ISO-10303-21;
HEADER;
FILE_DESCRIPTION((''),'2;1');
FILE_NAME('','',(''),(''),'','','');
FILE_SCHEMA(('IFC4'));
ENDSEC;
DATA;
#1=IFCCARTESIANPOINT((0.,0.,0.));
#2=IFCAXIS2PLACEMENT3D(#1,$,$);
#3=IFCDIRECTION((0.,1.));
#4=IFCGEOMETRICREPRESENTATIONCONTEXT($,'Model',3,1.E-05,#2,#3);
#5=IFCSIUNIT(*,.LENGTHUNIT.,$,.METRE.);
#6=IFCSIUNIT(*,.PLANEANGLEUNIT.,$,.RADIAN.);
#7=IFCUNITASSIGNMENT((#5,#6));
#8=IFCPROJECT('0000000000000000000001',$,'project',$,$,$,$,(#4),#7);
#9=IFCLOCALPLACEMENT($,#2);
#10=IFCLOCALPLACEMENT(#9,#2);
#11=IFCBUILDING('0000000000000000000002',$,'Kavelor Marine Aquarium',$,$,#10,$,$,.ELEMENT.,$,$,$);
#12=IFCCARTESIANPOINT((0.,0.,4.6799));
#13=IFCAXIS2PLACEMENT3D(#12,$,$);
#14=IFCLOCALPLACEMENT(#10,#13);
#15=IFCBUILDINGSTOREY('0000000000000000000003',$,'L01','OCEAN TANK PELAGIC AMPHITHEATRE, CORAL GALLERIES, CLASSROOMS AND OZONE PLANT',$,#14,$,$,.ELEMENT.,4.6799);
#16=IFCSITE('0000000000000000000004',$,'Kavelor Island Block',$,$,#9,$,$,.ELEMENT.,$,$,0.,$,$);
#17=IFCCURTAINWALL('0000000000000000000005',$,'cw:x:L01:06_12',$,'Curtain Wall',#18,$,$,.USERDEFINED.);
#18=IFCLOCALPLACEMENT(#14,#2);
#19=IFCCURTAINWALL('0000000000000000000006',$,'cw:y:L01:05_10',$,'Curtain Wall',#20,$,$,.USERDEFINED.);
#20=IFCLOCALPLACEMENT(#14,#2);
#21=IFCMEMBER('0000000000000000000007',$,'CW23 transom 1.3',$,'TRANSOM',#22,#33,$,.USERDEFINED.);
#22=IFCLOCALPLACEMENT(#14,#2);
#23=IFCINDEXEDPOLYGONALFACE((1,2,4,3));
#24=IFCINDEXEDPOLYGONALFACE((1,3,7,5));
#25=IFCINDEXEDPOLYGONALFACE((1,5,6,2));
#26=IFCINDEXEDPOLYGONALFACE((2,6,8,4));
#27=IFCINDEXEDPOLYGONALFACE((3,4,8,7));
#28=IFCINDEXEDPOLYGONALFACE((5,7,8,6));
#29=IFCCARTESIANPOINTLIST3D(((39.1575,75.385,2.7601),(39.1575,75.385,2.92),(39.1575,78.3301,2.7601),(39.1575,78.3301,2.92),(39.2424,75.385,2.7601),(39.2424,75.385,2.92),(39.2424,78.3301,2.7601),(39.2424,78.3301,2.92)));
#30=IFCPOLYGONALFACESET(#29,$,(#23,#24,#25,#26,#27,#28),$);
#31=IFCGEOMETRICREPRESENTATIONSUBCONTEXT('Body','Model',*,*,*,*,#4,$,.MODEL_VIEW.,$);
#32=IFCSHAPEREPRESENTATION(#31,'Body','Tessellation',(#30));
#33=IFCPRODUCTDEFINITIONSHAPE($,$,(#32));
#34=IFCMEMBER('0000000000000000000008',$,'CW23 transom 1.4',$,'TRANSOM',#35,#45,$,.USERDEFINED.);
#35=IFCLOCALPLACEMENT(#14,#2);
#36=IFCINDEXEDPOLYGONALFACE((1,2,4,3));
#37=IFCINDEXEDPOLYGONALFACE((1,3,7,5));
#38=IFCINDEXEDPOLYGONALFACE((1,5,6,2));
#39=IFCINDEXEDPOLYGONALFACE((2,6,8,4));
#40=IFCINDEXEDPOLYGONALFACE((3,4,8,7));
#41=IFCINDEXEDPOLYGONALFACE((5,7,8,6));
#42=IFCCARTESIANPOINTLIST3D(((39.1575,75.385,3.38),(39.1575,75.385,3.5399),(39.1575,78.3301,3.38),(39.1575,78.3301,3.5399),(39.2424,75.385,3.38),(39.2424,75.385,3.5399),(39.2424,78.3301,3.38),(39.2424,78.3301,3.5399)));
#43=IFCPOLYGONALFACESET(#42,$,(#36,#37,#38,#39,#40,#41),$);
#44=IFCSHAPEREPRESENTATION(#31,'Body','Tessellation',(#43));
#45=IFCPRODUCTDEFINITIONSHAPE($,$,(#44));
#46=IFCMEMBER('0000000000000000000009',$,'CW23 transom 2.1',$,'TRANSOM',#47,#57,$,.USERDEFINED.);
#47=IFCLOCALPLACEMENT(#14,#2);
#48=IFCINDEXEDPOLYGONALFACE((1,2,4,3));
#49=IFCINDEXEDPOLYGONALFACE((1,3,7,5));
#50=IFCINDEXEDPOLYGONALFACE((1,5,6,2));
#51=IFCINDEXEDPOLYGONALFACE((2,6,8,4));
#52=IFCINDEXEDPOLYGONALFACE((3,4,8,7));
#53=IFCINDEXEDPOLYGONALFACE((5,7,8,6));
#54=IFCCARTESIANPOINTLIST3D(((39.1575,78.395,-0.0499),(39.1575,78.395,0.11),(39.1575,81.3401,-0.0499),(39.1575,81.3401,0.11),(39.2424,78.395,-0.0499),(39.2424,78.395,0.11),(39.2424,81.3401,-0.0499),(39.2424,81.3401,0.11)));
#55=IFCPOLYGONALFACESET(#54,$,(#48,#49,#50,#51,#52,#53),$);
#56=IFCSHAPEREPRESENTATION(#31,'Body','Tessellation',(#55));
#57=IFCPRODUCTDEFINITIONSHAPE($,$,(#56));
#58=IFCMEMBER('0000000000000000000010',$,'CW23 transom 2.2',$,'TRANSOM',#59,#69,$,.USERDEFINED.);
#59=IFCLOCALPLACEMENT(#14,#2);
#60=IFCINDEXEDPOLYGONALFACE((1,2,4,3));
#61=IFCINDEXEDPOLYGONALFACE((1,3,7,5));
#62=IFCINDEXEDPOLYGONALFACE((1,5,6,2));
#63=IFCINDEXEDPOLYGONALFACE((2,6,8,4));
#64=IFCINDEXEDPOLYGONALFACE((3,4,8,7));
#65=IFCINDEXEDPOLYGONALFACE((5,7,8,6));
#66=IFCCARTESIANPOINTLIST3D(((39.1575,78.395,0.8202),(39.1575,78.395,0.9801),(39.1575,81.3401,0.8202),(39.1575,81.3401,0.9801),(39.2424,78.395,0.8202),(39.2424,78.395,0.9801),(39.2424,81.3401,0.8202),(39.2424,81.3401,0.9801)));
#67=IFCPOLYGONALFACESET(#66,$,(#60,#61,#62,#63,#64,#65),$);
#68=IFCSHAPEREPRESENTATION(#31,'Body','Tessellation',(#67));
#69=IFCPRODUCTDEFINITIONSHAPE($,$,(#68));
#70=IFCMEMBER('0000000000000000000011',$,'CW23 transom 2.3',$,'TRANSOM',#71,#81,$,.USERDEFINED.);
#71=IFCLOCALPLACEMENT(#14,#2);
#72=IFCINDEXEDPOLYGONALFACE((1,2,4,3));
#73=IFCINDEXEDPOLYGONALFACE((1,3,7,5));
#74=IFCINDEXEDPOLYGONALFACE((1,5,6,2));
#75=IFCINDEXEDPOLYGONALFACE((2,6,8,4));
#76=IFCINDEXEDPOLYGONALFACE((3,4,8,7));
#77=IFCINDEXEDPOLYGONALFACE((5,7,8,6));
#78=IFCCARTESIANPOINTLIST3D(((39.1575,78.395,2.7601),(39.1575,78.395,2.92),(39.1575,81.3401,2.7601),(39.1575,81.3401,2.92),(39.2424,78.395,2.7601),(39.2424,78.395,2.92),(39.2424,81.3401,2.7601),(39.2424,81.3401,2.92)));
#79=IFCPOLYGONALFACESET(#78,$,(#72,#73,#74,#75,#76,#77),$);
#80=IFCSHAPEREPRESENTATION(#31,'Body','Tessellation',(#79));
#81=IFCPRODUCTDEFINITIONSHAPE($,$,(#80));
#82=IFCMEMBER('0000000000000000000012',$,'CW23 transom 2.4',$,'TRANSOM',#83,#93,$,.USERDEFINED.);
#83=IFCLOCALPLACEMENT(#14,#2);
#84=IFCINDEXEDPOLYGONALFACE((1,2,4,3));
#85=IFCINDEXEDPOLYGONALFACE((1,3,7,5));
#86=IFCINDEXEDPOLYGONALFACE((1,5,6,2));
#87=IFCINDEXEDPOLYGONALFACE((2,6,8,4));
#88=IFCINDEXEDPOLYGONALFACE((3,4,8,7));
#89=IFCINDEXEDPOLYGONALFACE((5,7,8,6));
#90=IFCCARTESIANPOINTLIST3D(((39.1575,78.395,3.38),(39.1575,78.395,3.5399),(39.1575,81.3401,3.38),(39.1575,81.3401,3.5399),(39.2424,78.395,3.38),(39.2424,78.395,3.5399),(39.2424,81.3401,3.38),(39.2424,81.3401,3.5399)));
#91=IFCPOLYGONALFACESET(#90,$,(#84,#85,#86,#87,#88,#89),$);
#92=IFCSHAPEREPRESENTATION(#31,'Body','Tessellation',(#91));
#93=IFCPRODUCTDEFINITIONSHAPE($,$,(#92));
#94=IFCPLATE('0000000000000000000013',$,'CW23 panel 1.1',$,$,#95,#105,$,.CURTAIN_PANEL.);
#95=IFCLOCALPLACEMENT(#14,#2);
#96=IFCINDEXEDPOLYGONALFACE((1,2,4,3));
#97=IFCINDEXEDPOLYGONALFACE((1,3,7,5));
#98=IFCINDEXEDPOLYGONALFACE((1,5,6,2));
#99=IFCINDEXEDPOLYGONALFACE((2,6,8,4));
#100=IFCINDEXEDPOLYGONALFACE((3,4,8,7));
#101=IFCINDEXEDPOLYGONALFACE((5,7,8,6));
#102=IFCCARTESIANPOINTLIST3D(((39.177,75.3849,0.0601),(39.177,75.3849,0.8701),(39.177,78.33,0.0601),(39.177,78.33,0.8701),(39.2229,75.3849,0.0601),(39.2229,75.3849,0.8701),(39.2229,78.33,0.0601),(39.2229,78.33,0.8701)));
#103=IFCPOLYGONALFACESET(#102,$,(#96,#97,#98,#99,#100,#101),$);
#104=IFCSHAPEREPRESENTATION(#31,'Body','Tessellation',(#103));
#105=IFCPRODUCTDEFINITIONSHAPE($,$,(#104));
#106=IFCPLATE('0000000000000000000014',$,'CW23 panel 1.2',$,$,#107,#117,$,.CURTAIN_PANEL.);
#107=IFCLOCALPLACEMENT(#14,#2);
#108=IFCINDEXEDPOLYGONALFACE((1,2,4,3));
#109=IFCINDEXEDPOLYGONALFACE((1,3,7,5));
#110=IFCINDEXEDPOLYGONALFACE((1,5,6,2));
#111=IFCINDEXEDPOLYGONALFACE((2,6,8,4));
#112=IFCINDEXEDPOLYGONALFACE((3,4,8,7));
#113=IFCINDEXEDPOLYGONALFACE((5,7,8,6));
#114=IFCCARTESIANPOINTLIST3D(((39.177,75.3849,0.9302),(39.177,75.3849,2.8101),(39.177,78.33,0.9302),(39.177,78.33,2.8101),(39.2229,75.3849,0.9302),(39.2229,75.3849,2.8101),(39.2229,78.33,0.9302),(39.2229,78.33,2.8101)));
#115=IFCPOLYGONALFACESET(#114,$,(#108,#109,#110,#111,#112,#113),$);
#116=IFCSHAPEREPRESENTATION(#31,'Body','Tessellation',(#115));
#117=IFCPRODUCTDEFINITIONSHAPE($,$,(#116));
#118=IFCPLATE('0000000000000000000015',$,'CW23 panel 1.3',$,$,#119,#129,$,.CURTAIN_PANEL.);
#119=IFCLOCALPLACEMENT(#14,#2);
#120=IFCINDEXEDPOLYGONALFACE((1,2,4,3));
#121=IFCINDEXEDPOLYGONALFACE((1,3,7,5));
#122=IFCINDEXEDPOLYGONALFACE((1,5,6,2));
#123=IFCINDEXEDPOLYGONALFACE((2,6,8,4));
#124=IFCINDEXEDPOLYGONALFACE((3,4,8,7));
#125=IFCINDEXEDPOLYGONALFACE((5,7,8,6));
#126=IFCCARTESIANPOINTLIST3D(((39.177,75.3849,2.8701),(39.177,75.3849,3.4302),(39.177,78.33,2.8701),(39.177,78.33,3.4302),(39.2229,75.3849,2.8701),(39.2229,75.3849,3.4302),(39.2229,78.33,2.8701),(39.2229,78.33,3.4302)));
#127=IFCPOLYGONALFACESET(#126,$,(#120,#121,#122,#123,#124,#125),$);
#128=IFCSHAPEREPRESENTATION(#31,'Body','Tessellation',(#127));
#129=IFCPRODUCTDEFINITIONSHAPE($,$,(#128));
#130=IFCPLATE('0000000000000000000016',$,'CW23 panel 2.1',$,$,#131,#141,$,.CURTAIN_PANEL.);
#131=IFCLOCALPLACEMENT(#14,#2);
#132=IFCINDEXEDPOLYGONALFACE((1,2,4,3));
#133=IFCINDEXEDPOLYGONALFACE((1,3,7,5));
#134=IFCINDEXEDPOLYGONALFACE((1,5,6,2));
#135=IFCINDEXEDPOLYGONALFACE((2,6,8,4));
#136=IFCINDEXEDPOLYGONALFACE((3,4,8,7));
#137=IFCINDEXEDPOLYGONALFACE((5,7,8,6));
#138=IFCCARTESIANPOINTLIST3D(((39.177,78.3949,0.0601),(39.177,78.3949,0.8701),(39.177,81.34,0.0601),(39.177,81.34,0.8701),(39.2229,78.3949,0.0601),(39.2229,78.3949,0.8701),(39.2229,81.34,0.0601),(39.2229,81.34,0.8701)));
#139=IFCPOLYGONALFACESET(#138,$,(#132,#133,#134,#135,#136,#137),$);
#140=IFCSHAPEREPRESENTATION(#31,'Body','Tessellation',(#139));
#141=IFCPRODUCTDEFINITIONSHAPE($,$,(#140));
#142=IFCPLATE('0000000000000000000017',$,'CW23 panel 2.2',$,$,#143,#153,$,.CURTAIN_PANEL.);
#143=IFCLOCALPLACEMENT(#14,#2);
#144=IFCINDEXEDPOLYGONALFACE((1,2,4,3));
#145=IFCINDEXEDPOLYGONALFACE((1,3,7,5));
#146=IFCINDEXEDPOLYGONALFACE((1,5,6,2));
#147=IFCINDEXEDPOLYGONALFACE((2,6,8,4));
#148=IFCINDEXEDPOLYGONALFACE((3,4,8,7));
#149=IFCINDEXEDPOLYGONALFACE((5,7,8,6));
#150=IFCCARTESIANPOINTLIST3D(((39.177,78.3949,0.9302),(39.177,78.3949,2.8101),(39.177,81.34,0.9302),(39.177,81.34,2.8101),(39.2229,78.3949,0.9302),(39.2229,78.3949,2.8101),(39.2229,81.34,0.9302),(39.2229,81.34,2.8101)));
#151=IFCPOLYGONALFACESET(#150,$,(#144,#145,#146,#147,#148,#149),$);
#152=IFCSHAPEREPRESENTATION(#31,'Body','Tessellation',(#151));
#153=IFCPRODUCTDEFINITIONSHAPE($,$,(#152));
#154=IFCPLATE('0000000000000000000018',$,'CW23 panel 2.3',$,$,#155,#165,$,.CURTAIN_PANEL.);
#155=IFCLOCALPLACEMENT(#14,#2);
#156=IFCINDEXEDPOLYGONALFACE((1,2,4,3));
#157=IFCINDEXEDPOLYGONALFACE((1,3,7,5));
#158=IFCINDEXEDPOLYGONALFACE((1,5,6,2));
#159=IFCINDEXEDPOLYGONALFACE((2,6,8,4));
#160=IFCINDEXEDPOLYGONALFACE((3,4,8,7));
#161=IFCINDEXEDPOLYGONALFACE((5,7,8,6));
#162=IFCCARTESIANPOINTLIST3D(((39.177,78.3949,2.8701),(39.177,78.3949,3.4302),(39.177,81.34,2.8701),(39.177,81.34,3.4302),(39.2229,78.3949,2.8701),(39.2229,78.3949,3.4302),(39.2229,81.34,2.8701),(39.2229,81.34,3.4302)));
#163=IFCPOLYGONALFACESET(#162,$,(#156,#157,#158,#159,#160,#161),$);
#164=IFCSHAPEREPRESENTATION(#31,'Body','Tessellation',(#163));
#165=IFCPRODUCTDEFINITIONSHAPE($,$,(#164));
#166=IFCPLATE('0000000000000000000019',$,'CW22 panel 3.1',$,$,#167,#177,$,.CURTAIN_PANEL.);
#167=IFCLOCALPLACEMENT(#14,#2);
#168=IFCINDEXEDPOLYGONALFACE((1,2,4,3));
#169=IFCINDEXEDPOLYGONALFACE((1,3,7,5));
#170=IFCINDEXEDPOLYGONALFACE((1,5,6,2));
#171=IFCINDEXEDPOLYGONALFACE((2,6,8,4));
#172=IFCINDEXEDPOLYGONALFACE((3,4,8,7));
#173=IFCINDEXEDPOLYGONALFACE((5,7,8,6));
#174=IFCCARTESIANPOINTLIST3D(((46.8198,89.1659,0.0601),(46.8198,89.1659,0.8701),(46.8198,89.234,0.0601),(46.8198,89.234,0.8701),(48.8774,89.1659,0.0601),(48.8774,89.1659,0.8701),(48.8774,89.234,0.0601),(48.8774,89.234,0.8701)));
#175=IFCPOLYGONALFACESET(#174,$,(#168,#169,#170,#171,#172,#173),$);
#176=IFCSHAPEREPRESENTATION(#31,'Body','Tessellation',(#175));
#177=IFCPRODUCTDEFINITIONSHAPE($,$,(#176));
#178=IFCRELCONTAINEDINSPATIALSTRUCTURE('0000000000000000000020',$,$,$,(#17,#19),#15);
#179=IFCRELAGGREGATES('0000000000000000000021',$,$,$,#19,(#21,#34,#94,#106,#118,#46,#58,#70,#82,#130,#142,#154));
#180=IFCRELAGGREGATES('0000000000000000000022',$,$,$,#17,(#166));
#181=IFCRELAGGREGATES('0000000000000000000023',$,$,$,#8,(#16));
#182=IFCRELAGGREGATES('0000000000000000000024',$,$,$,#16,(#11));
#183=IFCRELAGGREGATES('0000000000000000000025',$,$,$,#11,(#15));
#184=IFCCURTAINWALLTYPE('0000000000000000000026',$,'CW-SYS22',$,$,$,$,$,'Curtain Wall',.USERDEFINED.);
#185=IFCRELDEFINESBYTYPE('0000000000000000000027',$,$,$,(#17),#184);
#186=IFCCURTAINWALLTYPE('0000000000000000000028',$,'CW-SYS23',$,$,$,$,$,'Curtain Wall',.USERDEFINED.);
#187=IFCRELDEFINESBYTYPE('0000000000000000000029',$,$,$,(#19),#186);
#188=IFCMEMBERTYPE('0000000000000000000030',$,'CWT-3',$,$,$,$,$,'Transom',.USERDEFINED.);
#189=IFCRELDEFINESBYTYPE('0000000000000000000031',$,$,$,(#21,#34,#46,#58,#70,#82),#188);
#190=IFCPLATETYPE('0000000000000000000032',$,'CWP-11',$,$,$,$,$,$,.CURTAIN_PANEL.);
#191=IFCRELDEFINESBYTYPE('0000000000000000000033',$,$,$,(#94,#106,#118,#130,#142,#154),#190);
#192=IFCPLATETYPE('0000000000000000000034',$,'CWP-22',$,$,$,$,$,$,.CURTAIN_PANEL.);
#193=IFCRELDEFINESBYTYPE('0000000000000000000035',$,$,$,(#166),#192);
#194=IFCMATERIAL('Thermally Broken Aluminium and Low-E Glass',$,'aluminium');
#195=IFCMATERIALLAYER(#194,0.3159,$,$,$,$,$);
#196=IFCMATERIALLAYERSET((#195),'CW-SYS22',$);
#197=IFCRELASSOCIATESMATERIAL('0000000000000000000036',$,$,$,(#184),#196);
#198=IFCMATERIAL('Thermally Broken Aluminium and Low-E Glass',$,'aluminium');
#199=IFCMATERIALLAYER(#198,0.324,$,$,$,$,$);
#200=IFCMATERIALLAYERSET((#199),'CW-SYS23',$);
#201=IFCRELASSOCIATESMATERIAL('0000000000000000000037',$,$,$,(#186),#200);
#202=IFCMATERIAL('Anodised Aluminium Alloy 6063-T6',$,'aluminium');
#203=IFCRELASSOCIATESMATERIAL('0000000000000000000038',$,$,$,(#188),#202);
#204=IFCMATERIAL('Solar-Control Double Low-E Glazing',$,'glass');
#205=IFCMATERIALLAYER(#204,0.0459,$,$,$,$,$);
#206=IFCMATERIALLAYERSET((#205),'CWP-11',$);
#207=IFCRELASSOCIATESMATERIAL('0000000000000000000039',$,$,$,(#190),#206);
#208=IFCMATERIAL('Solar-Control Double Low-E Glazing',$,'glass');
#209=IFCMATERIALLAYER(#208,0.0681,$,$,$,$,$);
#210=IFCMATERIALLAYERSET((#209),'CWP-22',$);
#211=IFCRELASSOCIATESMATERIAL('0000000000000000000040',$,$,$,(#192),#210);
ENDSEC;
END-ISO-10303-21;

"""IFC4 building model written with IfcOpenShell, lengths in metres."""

from ifc_helpers import new_model, si_unit, direction, frame, origin, origin_2d, place, context, subcontext, project, spatial, rectangle, extrude, material, layer, layer_set, material_profile, profile_set, type_object, element, aggregate, save


model = new_model("IFC4")

# Units and contexts
model_context = context("Model", 3, precision=1e-05, world=origin(), true_north=direction((0.0, 1.0)))
body_context = subcontext(model_context, "Body", "Model", "MODEL_VIEW")
ifc_project = project(units=[si_unit("LENGTHUNIT", "METRE"), si_unit("PLANEANGLEUNIT", "RADIAN")], contexts=[model_context])

# Site, building, storey
site_placement = place(None, origin())
site = spatial("IfcSite", under=ifc_project, at=site_placement, Name="Kavelor Island Block", CompositionType="ELEMENT", RefElevation=0.0)
building_placement = place(site_placement, origin())
building = spatial("IfcBuilding", under=site, at=building_placement, Name="Kavelor Marine Aquarium", CompositionType="ELEMENT")
storey_placement = place(building_placement, frame((0.0, 0.0, 4.6799)))
storey = spatial("IfcBuildingStorey", under=building, at=storey_placement, Name="L01", Description="OCEAN TANK PELAGIC AMPHITHEATRE, CORAL GALLERIES, CLASSROOMS AND OZONE PLANT", CompositionType="ELEMENT", Elevation=4.6799)

# Curtain wall
ifc_material_1 = material(Name="Thermally Broken Aluminium and Low-E Glass", Category="aluminium")
ifc_layer_1 = layer(ifc_material_1, 0.3159)
ifc_layer_set_1 = layer_set([ifc_layer_1], Name="CW-SYS22")
curtain_wall_type_1 = type_object("IfcCurtainWallType", Name="CW-SYS22", ElementType="Curtain Wall", PredefinedType="USERDEFINED", material=ifc_layer_set_1)
curtain_wall_1_placement = place(storey_placement, origin())
curtain_wall_1 = element("IfcCurtainWall", 1, at=curtain_wall_1_placement, inside=storey, type_object=curtain_wall_type_1, Name="cw:x:L01:06_12", ObjectType="Curtain Wall", PredefinedType="USERDEFINED")

# Curtain wall, members, plates
ifc_material_2 = material(Name="Thermally Broken Aluminium and Low-E Glass", Category="aluminium")
ifc_layer_2 = layer(ifc_material_2, 0.324)
ifc_layer_set_2 = layer_set([ifc_layer_2], Name="CW-SYS23")
curtain_wall_type_2 = type_object("IfcCurtainWallType", Name="CW-SYS23", ElementType="Curtain Wall", PredefinedType="USERDEFINED", material=ifc_layer_set_2)
curtain_wall_2_placement = place(storey_placement, origin())
curtain_wall_2 = element("IfcCurtainWall", 2, at=curtain_wall_2_placement, inside=storey, type_object=curtain_wall_type_2, Name="cw:y:L01:05_10", ObjectType="Curtain Wall", PredefinedType="USERDEFINED")
ifc_material_3 = material(Name="Anodised Aluminium Alloy 6063-T6", Category="aluminium")
ifc_material_profile_1 = material_profile(ifc_material_3, rectangle(XDim=0.085, YDim=0.1599, at=origin_2d()), Name="CW-TRN 85x160")
ifc_profile_set_1 = profile_set([ifc_material_profile_1], Name="Anodised Aluminium Alloy 6063-T6")
member_type_1 = type_object("IfcMemberType", Name="CWT-3", ElementType="Transom", PredefinedType="USERDEFINED", material=ifc_profile_set_1)
member_1_placement = place(storey_placement, frame((39.2, 75.385, 2.8401), z_axis=(0.0, 1.0, 0.0), x_axis=(-1.0, 0.0, 0.0)))
member_1 = element("IfcMember", 3, at=member_1_placement, type_object=member_type_1, Name="CW23 transom 1.3", ObjectType="TRANSOM", PredefinedType="USERDEFINED", context=body_context, shape_type="SweptSolid", body=[
    extrude(rectangle(XDim=0.085, YDim=0.1599, at=origin_2d()), origin(), (0.0, 0.0, 1.0), 2.9451),
])
member_2_placement = place(storey_placement, frame((39.2, 75.385, 3.46), z_axis=(0.0, 1.0, 0.0), x_axis=(-1.0, 0.0, 0.0)))
member_2 = element("IfcMember", 4, at=member_2_placement, type_object=member_type_1, Name="CW23 transom 1.4", ObjectType="TRANSOM", PredefinedType="USERDEFINED", context=body_context, shape_type="SweptSolid", body=[
    extrude(rectangle(XDim=0.085, YDim=0.1599, at=origin_2d()), origin(), (0.0, 0.0, 1.0), 2.9451),
])
member_3_placement = place(storey_placement, frame((39.2, 78.395, 0.03), z_axis=(0.0, 1.0, 0.0), x_axis=(-1.0, 0.0, 0.0)))
member_3 = element("IfcMember", 5, at=member_3_placement, type_object=member_type_1, Name="CW23 transom 2.1", ObjectType="TRANSOM", PredefinedType="USERDEFINED", context=body_context, shape_type="SweptSolid", body=[
    extrude(rectangle(XDim=0.085, YDim=0.1599, at=origin_2d()), origin(), (0.0, 0.0, 1.0), 2.9451),
])
member_4_placement = place(storey_placement, frame((39.2, 78.395, 0.9001), z_axis=(0.0, 1.0, 0.0), x_axis=(-1.0, 0.0, 0.0)))
member_4 = element("IfcMember", 6, at=member_4_placement, type_object=member_type_1, Name="CW23 transom 2.2", ObjectType="TRANSOM", PredefinedType="USERDEFINED", context=body_context, shape_type="SweptSolid", body=[
    extrude(rectangle(XDim=0.085, YDim=0.1599, at=origin_2d()), origin(), (0.0, 0.0, 1.0), 2.9451),
])
member_5_placement = place(storey_placement, frame((39.2, 78.395, 2.8401), z_axis=(0.0, 1.0, 0.0), x_axis=(-1.0, 0.0, 0.0)))
member_5 = element("IfcMember", 7, at=member_5_placement, type_object=member_type_1, Name="CW23 transom 2.3", ObjectType="TRANSOM", PredefinedType="USERDEFINED", context=body_context, shape_type="SweptSolid", body=[
    extrude(rectangle(XDim=0.085, YDim=0.1599, at=origin_2d()), origin(), (0.0, 0.0, 1.0), 2.9451),
])
member_6_placement = place(storey_placement, frame((39.2, 78.395, 3.46), z_axis=(0.0, 1.0, 0.0), x_axis=(-1.0, 0.0, 0.0)))
member_6 = element("IfcMember", 8, at=member_6_placement, type_object=member_type_1, Name="CW23 transom 2.4", ObjectType="TRANSOM", PredefinedType="USERDEFINED", context=body_context, shape_type="SweptSolid", body=[
    extrude(rectangle(XDim=0.085, YDim=0.1599, at=origin_2d()), origin(), (0.0, 0.0, 1.0), 2.9451),
])
ifc_material_4 = material(Name="Solar-Control Double Low-E Glazing", Category="glass")
ifc_layer_3 = layer(ifc_material_4, 0.0459)
ifc_layer_set_3 = layer_set([ifc_layer_3], Name="CWP-11")
plate_type_1 = type_object("IfcPlateType", Name="CWP-11", PredefinedType="CURTAIN_PANEL", material=ifc_layer_set_3)
plate_1_placement = place(storey_placement, frame((39.2, 76.8574, 0.0601), z_axis=(0.0, 0.0, 1.0), x_axis=(0.0, 1.0, 0.0)))
plate_1 = element("IfcPlate", 9, at=plate_1_placement, type_object=plate_type_1, Name="CW23 panel 1.1", PredefinedType="CURTAIN_PANEL", context=body_context, shape_type="SweptSolid", body=[
    extrude(rectangle(XDim=2.9451, YDim=0.0459, at=origin_2d()), origin(), (0.0, 0.0, 1.0), 0.8101),
])
plate_2_placement = place(storey_placement, frame((39.2, 76.8574, 0.9302), z_axis=(0.0, 0.0, 1.0), x_axis=(0.0, 1.0, 0.0)))
plate_2 = element("IfcPlate", 10, at=plate_2_placement, type_object=plate_type_1, Name="CW23 panel 1.2", PredefinedType="CURTAIN_PANEL", context=body_context, shape_type="SweptSolid", body=[
    extrude(rectangle(XDim=2.9451, YDim=0.0459, at=origin_2d()), origin(), (0.0, 0.0, 1.0), 1.8799),
])
plate_3_placement = place(storey_placement, frame((39.2, 76.8574, 2.8701), z_axis=(0.0, 0.0, 1.0), x_axis=(0.0, 1.0, 0.0)))
plate_3 = element("IfcPlate", 11, at=plate_3_placement, type_object=plate_type_1, Name="CW23 panel 1.3", PredefinedType="CURTAIN_PANEL", context=body_context, shape_type="SweptSolid", body=[
    extrude(rectangle(XDim=2.9451, YDim=0.0459, at=origin_2d()), origin(), (0.0, 0.0, 1.0), 0.5601),
])
plate_4_placement = place(storey_placement, frame((39.2, 79.8674, 0.0601), z_axis=(0.0, 0.0, 1.0), x_axis=(0.0, 1.0, 0.0)))
plate_4 = element("IfcPlate", 12, at=plate_4_placement, type_object=plate_type_1, Name="CW23 panel 2.1", PredefinedType="CURTAIN_PANEL", context=body_context, shape_type="SweptSolid", body=[
    extrude(rectangle(XDim=2.9451, YDim=0.0459, at=origin_2d()), origin(), (0.0, 0.0, 1.0), 0.8101),
])
plate_5_placement = place(storey_placement, frame((39.2, 79.8674, 0.9302), z_axis=(0.0, 0.0, 1.0), x_axis=(0.0, 1.0, 0.0)))
plate_5 = element("IfcPlate", 13, at=plate_5_placement, type_object=plate_type_1, Name="CW23 panel 2.2", PredefinedType="CURTAIN_PANEL", context=body_context, shape_type="SweptSolid", body=[
    extrude(rectangle(XDim=2.9451, YDim=0.0459, at=origin_2d()), origin(), (0.0, 0.0, 1.0), 1.8799),
])
plate_6_placement = place(storey_placement, frame((39.2, 79.8674, 2.8701), z_axis=(0.0, 0.0, 1.0), x_axis=(0.0, 1.0, 0.0)))
plate_6 = element("IfcPlate", 14, at=plate_6_placement, type_object=plate_type_1, Name="CW23 panel 2.3", PredefinedType="CURTAIN_PANEL", context=body_context, shape_type="SweptSolid", body=[
    extrude(rectangle(XDim=2.9451, YDim=0.0459, at=origin_2d()), origin(), (0.0, 0.0, 1.0), 0.5601),
])
aggregate(curtain_wall_2, [member_1, member_2, plate_1, plate_2, plate_3, member_3, member_4, member_5, member_6, plate_4, plate_5, plate_6])

# Plate
ifc_material_5 = material(Name="Solar-Control Double Low-E Glazing", Category="glass")
ifc_layer_4 = layer(ifc_material_5, 0.0681)
ifc_layer_set_4 = layer_set([ifc_layer_4], Name="CWP-22")
plate_type_2 = type_object("IfcPlateType", Name="CWP-22", PredefinedType="CURTAIN_PANEL", material=ifc_layer_set_4)
plate_7_placement = place(storey_placement, frame((47.8486, 89.2, 0.0601), z_axis=(0.0, 0.0, 1.0), x_axis=(-1.0, 0.0, 0.0)))
plate_7 = element("IfcPlate", 15, at=plate_7_placement, type_object=plate_type_2, Name="CW22 panel 3.1", PredefinedType="CURTAIN_PANEL", context=body_context, shape_type="SweptSolid", body=[
    extrude(rectangle(XDim=2.0576, YDim=0.0681, at=origin_2d()), origin(), (0.0, 0.0, 1.0), 0.8101),
])
aggregate(curtain_wall_1, [plate_7])

save(model, "model.ifc")
